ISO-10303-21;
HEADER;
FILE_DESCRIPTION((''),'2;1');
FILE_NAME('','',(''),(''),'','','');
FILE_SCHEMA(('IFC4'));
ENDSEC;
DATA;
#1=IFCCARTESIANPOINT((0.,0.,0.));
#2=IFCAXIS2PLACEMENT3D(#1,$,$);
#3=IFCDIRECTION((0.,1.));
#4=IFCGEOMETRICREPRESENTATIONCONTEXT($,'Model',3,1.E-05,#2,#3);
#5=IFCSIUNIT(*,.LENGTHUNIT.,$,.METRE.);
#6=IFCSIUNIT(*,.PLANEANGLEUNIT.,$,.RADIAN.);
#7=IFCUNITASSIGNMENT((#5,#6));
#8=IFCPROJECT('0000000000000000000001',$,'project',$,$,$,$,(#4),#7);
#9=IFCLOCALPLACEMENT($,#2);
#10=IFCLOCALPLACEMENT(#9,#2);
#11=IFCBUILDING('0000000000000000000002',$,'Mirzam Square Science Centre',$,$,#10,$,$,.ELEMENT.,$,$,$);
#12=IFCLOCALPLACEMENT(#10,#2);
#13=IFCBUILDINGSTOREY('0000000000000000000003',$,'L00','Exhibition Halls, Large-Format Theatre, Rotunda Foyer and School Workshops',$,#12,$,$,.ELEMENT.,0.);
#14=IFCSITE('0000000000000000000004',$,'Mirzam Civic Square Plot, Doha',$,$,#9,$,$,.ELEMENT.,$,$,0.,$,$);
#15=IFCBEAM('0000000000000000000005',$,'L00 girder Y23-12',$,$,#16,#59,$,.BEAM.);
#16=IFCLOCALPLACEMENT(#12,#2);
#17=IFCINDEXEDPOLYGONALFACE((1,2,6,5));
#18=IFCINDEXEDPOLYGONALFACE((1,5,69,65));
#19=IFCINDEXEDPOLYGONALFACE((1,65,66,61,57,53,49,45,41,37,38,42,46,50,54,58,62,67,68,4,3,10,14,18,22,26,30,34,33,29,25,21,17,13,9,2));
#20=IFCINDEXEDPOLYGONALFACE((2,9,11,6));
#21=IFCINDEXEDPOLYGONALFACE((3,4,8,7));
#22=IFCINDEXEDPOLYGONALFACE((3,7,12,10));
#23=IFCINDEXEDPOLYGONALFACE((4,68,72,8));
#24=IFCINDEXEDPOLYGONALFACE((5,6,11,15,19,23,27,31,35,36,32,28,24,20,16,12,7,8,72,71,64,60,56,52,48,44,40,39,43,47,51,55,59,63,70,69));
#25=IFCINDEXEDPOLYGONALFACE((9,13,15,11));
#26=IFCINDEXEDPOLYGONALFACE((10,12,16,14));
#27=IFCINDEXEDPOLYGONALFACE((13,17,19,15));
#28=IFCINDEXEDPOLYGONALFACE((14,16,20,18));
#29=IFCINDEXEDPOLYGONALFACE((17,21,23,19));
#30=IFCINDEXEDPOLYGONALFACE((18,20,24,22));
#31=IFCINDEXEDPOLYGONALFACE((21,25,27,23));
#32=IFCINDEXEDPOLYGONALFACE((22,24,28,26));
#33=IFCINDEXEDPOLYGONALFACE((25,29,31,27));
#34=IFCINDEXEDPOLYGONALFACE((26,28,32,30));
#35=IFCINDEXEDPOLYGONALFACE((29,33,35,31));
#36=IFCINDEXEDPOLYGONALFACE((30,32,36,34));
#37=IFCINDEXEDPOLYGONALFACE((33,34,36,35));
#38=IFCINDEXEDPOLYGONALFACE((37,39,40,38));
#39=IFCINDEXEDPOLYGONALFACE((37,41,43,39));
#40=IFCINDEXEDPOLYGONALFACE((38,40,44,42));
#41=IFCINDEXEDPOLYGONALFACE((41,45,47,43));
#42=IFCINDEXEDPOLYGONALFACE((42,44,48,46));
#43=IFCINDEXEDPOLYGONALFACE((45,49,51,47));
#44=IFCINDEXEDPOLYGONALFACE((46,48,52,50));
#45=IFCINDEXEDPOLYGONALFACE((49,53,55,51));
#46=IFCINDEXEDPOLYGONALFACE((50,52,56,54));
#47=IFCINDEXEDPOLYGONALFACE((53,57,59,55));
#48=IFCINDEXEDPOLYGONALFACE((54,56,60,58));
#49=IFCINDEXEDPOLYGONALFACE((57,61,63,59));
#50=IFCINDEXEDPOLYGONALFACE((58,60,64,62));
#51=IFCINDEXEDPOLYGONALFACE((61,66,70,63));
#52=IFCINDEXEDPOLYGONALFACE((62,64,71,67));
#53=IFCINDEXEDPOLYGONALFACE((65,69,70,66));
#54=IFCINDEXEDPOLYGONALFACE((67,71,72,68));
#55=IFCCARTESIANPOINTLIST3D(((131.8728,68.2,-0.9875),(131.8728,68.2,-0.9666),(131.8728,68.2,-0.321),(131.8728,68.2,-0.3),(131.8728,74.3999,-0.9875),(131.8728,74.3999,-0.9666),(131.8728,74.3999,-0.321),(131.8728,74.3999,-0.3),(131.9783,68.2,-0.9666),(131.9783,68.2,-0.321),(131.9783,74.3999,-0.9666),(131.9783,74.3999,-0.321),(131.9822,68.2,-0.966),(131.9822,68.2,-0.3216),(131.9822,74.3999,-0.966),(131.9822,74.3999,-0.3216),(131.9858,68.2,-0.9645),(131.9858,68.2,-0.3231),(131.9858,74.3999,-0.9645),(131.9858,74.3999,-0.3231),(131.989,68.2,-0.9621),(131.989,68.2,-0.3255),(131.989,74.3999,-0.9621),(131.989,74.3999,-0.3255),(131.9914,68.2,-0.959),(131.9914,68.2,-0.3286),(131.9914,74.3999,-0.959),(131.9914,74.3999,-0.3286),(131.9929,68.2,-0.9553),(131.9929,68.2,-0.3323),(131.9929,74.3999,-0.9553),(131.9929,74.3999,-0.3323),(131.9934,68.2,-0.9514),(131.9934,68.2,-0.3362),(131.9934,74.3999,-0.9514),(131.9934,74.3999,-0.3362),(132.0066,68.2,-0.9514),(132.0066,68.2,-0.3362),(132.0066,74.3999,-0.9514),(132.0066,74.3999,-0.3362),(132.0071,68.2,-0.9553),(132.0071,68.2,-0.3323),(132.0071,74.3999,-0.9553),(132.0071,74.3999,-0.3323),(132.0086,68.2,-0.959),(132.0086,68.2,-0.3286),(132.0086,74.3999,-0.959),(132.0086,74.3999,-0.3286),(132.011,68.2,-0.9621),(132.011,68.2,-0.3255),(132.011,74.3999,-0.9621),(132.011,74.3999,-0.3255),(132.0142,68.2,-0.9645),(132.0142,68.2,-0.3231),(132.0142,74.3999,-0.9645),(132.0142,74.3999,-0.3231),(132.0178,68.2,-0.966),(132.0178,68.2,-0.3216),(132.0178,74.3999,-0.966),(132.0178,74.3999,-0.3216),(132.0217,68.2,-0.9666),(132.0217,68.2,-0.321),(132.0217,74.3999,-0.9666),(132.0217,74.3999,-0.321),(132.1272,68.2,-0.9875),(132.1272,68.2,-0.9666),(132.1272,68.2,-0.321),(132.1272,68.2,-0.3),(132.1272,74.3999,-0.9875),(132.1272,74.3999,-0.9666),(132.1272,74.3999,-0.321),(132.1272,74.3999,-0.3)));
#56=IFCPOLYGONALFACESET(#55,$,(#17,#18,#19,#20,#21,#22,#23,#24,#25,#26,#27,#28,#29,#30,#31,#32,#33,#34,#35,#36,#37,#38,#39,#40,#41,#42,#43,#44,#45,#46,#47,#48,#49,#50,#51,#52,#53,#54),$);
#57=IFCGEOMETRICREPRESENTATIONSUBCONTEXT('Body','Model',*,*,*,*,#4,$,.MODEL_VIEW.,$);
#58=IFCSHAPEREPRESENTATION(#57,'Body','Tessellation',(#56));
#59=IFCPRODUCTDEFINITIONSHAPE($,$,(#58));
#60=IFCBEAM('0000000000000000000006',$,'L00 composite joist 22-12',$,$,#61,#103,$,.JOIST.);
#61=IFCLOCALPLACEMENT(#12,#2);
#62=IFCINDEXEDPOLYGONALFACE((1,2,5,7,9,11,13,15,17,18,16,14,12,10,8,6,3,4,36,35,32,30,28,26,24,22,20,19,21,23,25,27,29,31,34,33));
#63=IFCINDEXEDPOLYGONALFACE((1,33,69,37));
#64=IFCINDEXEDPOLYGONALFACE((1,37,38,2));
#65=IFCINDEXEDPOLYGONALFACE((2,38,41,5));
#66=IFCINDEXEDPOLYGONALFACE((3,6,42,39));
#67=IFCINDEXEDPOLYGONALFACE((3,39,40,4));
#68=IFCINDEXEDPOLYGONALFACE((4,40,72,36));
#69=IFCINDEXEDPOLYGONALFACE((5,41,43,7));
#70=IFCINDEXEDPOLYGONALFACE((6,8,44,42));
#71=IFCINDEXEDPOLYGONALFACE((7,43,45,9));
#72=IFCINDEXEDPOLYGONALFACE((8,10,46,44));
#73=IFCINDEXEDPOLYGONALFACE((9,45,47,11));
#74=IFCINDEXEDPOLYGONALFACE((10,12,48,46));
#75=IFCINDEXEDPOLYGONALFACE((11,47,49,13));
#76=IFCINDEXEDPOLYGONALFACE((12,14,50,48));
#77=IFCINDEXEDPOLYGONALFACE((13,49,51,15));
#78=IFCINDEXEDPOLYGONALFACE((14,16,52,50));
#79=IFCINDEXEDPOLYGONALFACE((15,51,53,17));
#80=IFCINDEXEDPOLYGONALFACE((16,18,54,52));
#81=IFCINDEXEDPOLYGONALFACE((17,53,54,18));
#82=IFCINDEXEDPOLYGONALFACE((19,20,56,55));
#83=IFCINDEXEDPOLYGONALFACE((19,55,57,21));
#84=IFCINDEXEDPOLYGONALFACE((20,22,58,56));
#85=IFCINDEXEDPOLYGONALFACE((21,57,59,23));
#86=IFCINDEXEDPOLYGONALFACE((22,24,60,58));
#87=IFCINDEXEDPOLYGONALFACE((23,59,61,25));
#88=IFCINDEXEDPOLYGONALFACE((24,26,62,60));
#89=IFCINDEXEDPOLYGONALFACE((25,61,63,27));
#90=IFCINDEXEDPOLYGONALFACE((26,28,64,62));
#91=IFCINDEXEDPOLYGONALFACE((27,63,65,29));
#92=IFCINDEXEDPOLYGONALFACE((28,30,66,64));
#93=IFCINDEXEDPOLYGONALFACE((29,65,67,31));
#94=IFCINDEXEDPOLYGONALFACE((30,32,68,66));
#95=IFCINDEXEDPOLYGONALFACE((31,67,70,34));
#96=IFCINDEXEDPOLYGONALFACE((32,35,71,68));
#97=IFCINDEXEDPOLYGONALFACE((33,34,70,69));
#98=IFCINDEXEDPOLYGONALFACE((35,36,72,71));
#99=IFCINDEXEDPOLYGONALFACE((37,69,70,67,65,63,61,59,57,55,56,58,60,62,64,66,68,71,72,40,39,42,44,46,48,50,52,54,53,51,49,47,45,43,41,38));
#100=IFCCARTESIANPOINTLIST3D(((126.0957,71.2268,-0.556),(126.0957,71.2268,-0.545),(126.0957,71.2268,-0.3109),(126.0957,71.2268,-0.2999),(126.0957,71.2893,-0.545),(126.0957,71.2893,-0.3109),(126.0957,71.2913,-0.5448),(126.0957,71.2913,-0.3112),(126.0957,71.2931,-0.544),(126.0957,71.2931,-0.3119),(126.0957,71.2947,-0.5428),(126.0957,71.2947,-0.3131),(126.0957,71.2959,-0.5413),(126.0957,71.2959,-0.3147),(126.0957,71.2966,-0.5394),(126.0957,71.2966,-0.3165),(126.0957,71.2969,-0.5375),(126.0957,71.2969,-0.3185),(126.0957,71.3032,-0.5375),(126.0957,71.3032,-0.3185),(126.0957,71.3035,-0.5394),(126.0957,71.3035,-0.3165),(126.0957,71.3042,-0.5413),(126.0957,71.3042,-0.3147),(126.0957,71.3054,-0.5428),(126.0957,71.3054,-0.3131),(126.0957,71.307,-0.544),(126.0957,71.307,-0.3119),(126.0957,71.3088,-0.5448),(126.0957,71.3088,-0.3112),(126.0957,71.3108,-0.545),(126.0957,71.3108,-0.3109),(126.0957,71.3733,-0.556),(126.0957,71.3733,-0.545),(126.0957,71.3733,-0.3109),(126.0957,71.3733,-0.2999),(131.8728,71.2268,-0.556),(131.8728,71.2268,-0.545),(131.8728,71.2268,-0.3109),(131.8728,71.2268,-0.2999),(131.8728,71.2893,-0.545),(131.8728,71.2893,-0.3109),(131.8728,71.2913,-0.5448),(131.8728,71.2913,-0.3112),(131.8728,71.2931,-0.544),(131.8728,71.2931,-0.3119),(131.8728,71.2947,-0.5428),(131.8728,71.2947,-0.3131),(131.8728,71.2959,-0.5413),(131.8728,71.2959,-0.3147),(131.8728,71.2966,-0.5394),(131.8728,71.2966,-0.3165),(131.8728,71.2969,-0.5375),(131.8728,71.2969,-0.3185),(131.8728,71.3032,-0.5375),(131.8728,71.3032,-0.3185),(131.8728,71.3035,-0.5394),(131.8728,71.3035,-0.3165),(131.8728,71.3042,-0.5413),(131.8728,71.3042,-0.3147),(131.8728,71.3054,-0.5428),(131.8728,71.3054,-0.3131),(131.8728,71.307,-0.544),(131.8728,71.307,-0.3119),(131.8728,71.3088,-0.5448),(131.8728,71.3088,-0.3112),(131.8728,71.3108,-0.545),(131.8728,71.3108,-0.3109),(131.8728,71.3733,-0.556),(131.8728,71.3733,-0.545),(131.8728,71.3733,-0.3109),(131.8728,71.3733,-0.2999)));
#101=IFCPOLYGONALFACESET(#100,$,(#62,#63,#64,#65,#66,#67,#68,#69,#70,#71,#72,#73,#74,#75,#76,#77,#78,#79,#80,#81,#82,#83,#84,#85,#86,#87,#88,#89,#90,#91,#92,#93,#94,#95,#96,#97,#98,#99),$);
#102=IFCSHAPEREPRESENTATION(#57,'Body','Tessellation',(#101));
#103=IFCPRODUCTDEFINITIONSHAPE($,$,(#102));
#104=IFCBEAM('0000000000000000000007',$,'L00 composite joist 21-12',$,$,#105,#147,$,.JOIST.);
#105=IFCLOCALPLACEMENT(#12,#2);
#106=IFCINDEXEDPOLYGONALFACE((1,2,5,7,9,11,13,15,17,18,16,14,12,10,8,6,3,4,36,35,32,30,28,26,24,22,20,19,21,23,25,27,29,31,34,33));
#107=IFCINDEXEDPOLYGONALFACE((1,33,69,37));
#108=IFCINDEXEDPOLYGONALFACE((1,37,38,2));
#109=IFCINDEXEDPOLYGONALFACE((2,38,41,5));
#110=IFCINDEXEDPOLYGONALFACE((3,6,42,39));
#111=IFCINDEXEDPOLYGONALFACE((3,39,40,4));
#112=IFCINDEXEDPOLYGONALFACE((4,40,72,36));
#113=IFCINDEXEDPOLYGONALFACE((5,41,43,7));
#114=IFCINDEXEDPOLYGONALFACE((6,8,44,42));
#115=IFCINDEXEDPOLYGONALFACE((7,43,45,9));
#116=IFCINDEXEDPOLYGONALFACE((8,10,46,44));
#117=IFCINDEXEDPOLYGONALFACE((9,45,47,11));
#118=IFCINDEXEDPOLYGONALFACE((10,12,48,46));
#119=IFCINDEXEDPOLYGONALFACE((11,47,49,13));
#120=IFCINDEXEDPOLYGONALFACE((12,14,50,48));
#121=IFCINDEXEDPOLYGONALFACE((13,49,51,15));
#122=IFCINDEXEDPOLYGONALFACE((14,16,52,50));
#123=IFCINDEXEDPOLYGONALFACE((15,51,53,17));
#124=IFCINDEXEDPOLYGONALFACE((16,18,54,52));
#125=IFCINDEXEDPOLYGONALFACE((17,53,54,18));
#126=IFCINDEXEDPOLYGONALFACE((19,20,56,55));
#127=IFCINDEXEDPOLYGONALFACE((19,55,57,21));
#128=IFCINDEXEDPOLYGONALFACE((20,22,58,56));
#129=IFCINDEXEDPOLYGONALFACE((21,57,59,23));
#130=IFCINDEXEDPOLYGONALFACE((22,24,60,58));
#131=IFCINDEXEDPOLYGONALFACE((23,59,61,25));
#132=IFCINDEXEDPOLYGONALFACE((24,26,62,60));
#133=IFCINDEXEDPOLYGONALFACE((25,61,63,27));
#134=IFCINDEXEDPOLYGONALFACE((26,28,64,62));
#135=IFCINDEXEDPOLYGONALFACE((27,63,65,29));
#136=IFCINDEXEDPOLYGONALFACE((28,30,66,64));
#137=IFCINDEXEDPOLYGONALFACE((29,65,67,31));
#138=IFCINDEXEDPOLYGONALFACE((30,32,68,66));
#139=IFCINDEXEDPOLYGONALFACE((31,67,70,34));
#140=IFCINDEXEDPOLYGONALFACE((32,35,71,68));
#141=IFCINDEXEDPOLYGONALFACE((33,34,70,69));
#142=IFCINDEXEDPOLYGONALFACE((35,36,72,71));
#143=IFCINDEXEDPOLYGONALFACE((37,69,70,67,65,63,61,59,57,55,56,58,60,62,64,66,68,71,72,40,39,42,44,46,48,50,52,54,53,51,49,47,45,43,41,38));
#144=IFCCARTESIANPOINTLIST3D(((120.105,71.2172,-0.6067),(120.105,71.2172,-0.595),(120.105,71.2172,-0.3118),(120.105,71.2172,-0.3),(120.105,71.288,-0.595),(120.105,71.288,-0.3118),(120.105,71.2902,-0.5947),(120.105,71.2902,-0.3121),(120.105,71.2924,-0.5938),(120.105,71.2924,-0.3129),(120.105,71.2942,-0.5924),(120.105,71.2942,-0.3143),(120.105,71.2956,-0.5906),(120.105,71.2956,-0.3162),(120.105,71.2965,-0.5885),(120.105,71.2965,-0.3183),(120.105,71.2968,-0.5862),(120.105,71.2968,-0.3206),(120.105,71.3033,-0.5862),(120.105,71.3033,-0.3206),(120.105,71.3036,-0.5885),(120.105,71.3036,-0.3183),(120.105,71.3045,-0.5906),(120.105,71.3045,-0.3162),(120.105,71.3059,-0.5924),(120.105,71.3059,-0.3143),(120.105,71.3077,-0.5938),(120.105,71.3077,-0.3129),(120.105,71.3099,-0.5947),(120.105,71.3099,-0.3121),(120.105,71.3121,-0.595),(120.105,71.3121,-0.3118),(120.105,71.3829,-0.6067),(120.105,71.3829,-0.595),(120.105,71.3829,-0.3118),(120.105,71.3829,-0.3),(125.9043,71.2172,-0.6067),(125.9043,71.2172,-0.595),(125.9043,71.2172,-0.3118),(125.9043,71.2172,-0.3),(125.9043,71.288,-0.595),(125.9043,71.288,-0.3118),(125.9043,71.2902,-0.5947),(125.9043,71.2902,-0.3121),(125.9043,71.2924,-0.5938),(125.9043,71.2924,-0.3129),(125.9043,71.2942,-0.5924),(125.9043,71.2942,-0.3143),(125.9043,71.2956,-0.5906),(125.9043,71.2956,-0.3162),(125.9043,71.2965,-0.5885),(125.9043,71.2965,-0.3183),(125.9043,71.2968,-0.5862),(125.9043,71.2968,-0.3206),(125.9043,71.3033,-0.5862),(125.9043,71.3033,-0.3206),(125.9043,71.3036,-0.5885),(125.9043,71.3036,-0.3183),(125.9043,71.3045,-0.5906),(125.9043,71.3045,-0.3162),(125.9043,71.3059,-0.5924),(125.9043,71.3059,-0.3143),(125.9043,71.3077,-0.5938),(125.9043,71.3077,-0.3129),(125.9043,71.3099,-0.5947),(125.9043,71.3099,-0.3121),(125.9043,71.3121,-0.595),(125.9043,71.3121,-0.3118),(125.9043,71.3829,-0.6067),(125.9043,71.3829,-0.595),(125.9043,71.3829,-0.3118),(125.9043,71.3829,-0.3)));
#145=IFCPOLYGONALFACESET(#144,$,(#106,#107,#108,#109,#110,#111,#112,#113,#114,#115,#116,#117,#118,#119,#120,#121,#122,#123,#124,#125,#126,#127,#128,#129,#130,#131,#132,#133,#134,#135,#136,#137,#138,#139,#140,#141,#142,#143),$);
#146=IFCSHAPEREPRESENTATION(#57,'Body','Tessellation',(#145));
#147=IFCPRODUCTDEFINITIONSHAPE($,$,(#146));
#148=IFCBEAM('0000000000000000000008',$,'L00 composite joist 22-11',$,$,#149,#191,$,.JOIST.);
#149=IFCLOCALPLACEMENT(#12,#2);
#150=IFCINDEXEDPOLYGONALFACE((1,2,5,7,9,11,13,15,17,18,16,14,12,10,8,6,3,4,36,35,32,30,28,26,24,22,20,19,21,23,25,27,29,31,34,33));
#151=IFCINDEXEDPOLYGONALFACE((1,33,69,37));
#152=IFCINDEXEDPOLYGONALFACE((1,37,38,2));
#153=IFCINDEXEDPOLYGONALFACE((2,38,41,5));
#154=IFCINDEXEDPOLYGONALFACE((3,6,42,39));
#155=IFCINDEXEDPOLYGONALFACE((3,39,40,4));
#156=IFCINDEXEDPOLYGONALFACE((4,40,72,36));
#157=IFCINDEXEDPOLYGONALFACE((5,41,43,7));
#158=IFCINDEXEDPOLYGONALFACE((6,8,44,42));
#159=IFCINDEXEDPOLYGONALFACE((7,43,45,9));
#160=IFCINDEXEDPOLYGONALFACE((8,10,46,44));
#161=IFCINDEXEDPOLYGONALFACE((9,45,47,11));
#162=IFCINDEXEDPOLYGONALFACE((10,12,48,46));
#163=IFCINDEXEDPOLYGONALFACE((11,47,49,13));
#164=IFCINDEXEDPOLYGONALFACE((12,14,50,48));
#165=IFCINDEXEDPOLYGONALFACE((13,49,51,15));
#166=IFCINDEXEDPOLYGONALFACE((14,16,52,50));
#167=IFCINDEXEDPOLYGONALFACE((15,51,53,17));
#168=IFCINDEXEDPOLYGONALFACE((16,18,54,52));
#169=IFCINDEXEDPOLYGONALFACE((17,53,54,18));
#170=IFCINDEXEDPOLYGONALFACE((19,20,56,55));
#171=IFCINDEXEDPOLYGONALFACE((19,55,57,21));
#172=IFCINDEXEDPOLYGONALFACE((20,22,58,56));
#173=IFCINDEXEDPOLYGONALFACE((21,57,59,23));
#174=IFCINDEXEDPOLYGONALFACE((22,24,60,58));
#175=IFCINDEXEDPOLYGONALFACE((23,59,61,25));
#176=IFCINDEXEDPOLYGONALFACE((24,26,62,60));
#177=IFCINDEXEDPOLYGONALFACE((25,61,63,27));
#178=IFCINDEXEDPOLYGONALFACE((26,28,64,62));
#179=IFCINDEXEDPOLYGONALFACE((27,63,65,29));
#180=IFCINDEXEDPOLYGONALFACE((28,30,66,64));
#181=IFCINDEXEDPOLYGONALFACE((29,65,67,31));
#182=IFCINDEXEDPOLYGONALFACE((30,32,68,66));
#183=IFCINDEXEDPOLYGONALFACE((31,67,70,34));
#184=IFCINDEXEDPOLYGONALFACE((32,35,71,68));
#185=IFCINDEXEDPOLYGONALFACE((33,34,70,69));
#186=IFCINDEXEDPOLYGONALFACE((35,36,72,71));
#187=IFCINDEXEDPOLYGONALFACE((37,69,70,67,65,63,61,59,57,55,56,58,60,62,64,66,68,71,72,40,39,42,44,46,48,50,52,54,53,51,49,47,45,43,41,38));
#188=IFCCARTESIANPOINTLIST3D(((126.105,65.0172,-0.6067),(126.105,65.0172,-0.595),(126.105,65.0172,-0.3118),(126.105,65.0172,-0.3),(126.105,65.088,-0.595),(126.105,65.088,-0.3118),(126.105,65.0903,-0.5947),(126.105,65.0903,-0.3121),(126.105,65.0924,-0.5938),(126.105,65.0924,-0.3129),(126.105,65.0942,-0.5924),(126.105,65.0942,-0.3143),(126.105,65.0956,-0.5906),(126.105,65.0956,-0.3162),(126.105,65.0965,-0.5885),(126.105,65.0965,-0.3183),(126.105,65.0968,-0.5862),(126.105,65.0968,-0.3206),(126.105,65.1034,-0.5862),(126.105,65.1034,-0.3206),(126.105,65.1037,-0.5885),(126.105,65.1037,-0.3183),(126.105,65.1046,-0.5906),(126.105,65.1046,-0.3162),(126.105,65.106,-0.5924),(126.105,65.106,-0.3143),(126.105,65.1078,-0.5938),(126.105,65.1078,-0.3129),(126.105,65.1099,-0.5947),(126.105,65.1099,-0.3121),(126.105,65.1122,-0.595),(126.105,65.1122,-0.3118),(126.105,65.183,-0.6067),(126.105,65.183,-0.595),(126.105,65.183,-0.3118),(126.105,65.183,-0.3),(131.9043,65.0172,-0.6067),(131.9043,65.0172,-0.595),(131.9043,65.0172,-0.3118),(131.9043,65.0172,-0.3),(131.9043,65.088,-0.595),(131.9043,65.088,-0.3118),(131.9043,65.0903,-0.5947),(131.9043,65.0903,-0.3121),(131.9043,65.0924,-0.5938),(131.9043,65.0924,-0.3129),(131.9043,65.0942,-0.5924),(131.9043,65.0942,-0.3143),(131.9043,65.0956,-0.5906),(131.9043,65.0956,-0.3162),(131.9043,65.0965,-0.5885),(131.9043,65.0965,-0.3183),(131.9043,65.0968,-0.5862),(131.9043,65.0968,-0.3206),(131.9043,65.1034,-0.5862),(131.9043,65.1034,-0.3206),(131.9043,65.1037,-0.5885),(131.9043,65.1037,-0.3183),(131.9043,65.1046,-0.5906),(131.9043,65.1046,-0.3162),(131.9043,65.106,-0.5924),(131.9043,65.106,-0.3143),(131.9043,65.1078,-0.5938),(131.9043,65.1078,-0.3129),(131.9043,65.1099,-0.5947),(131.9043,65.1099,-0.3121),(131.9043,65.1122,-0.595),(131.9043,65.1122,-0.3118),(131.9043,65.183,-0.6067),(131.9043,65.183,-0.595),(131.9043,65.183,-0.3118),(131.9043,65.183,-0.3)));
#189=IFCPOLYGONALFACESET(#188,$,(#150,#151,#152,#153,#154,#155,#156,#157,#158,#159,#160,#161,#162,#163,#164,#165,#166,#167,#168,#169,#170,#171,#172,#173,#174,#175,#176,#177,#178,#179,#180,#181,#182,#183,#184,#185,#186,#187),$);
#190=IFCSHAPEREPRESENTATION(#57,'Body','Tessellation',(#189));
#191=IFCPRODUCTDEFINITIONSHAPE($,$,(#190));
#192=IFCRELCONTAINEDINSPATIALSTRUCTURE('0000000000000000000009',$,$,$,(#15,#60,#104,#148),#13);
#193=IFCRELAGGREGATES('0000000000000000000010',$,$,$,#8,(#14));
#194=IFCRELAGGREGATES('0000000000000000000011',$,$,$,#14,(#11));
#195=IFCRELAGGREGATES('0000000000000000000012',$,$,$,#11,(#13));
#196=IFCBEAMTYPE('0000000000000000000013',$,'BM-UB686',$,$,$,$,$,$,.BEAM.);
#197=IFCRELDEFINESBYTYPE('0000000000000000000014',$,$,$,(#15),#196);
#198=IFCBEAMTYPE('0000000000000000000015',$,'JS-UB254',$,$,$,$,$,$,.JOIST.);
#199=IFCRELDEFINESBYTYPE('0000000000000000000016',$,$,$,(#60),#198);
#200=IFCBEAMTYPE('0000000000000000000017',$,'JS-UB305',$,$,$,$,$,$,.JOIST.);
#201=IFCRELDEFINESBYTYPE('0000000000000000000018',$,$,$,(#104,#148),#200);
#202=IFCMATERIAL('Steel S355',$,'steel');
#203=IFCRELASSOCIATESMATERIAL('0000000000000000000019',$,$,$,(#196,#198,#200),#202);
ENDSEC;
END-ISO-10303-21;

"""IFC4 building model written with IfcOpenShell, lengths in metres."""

from ifc_helpers import new_model, si_unit, direction, frame, origin, origin_2d, place, context, subcontext, project, spatial, i_section, extrude, material, material_profile, profile_set, type_object, element, save


model = new_model("IFC4")

# Units and contexts
model_context = context("Model", 3, precision=1e-05, world=origin(), true_north=direction((0.0, 1.0)))
body_context = subcontext(model_context, "Body", "Model", "MODEL_VIEW")
ifc_project = project(units=[si_unit("LENGTHUNIT", "METRE"), si_unit("PLANEANGLEUNIT", "RADIAN")], contexts=[model_context])

# Site, building, storey
site_placement = place(None, origin())
site = spatial("IfcSite", under=ifc_project, at=site_placement, Name="Mirzam Civic Square Plot, Doha", CompositionType="ELEMENT", RefElevation=0.0)
building_placement = place(site_placement, origin())
building = spatial("IfcBuilding", under=site, at=building_placement, Name="Mirzam Square Science Centre", CompositionType="ELEMENT")
storey_placement = place(building_placement, origin())
storey = spatial("IfcBuildingStorey", under=building, at=storey_placement, Name="L00", Description="Exhibition Halls, Large-Format Theatre, Rotunda Foyer and School Workshops", CompositionType="ELEMENT", Elevation=0.0)

# Shared definitions
ifc_material_1 = material(Name="Steel S355", Category="steel")

# Beams
ifc_material_profile_1 = material_profile(ifc_material_1, i_section(OverallWidth=0.2544, OverallDepth=0.6875, WebThickness=0.0132, FlangeThickness=0.021, FilletRadius=0.0151, at=origin_2d()), Name="686x254x152UB")
ifc_profile_set_1 = profile_set([ifc_material_profile_1], Name="Steel S355")
beam_type_1 = type_object("IfcBeamType", Name="BM-UB686", PredefinedType="BEAM", material=ifc_profile_set_1)
beam_1_placement = place(storey_placement, frame((132.0, 68.2, -0.6438), z_axis=(0.0, 1.0, 0.0), x_axis=(-1.0, 0.0, 0.0)))
element("IfcBeam", 1, at=beam_1_placement, inside=storey, type_object=beam_type_1, Name="L00 girder Y23-12", PredefinedType="BEAM", context=body_context, shape_type="SweptSolid", body=[
    extrude(i_section(OverallWidth=0.2544, OverallDepth=0.6875, WebThickness=0.0132, FlangeThickness=0.021, FilletRadius=0.0151, at=origin_2d()), origin(), (0.0, 0.0, 1.0), 6.2),
])
ifc_material_profile_2 = material_profile(ifc_material_1, i_section(OverallWidth=0.1465, OverallDepth=0.2561, WebThickness=0.0063, FlangeThickness=0.011, FilletRadius=0.0076, at=origin_2d()), Name="254x146x37UB")
ifc_profile_set_2 = profile_set([ifc_material_profile_2], Name="Steel S355")
beam_type_2 = type_object("IfcBeamType", Name="JS-UB254", PredefinedType="JOIST", material=ifc_profile_set_2)
beam_2_placement = place(storey_placement, frame((126.0957, 71.3, -0.428), z_axis=(1.0, 0.0, 0.0), x_axis=(0.0, 1.0, 0.0)))
element("IfcBeam", 2, at=beam_2_placement, inside=storey, type_object=beam_type_2, Name="L00 composite joist 22-12", PredefinedType="JOIST", context=body_context, shape_type="SweptSolid", body=[
    extrude(i_section(OverallWidth=0.1465, OverallDepth=0.2561, WebThickness=0.0063, FlangeThickness=0.011, FilletRadius=0.0076, at=origin_2d()), origin(), (0.0, 0.0, 1.0), 5.7771),
])
ifc_material_profile_3 = material_profile(ifc_material_1, i_section(OverallWidth=0.1658, OverallDepth=0.3066, WebThickness=0.0066, FlangeThickness=0.0117, FilletRadius=0.0088, at=origin_2d()), Name="305x165x46UB")
ifc_profile_set_3 = profile_set([ifc_material_profile_3], Name="Steel S355")
beam_type_3 = type_object("IfcBeamType", Name="JS-UB305", PredefinedType="JOIST", material=ifc_profile_set_3)
for number, where, z_axis, x_axis, name in (
    (3, (120.105, 71.3, -0.4534), (1.0, 0.0, 0.0), (0.0, 1.0, 0.0), "L00 composite joist 21-12"),
    (4, (126.105, 65.1001, -0.4534), (1.0, 0.0, 0.0), (0.0, 1.0, 0.0), "L00 composite joist 22-11"),
):
    element("IfcBeam", number, at=place(storey_placement, frame(where, z_axis=z_axis, x_axis=x_axis)), inside=storey, type_object=beam_type_3, Name=name, PredefinedType="JOIST", context=body_context, shape_type="SweptSolid", body=[
        extrude(i_section(OverallWidth=0.1658, OverallDepth=0.3066, WebThickness=0.0066, FlangeThickness=0.0117, FilletRadius=0.0088, at=origin_2d()), origin(), (0.0, 0.0, 1.0), 5.7993),
    ])

save(model, "model.ifc")
